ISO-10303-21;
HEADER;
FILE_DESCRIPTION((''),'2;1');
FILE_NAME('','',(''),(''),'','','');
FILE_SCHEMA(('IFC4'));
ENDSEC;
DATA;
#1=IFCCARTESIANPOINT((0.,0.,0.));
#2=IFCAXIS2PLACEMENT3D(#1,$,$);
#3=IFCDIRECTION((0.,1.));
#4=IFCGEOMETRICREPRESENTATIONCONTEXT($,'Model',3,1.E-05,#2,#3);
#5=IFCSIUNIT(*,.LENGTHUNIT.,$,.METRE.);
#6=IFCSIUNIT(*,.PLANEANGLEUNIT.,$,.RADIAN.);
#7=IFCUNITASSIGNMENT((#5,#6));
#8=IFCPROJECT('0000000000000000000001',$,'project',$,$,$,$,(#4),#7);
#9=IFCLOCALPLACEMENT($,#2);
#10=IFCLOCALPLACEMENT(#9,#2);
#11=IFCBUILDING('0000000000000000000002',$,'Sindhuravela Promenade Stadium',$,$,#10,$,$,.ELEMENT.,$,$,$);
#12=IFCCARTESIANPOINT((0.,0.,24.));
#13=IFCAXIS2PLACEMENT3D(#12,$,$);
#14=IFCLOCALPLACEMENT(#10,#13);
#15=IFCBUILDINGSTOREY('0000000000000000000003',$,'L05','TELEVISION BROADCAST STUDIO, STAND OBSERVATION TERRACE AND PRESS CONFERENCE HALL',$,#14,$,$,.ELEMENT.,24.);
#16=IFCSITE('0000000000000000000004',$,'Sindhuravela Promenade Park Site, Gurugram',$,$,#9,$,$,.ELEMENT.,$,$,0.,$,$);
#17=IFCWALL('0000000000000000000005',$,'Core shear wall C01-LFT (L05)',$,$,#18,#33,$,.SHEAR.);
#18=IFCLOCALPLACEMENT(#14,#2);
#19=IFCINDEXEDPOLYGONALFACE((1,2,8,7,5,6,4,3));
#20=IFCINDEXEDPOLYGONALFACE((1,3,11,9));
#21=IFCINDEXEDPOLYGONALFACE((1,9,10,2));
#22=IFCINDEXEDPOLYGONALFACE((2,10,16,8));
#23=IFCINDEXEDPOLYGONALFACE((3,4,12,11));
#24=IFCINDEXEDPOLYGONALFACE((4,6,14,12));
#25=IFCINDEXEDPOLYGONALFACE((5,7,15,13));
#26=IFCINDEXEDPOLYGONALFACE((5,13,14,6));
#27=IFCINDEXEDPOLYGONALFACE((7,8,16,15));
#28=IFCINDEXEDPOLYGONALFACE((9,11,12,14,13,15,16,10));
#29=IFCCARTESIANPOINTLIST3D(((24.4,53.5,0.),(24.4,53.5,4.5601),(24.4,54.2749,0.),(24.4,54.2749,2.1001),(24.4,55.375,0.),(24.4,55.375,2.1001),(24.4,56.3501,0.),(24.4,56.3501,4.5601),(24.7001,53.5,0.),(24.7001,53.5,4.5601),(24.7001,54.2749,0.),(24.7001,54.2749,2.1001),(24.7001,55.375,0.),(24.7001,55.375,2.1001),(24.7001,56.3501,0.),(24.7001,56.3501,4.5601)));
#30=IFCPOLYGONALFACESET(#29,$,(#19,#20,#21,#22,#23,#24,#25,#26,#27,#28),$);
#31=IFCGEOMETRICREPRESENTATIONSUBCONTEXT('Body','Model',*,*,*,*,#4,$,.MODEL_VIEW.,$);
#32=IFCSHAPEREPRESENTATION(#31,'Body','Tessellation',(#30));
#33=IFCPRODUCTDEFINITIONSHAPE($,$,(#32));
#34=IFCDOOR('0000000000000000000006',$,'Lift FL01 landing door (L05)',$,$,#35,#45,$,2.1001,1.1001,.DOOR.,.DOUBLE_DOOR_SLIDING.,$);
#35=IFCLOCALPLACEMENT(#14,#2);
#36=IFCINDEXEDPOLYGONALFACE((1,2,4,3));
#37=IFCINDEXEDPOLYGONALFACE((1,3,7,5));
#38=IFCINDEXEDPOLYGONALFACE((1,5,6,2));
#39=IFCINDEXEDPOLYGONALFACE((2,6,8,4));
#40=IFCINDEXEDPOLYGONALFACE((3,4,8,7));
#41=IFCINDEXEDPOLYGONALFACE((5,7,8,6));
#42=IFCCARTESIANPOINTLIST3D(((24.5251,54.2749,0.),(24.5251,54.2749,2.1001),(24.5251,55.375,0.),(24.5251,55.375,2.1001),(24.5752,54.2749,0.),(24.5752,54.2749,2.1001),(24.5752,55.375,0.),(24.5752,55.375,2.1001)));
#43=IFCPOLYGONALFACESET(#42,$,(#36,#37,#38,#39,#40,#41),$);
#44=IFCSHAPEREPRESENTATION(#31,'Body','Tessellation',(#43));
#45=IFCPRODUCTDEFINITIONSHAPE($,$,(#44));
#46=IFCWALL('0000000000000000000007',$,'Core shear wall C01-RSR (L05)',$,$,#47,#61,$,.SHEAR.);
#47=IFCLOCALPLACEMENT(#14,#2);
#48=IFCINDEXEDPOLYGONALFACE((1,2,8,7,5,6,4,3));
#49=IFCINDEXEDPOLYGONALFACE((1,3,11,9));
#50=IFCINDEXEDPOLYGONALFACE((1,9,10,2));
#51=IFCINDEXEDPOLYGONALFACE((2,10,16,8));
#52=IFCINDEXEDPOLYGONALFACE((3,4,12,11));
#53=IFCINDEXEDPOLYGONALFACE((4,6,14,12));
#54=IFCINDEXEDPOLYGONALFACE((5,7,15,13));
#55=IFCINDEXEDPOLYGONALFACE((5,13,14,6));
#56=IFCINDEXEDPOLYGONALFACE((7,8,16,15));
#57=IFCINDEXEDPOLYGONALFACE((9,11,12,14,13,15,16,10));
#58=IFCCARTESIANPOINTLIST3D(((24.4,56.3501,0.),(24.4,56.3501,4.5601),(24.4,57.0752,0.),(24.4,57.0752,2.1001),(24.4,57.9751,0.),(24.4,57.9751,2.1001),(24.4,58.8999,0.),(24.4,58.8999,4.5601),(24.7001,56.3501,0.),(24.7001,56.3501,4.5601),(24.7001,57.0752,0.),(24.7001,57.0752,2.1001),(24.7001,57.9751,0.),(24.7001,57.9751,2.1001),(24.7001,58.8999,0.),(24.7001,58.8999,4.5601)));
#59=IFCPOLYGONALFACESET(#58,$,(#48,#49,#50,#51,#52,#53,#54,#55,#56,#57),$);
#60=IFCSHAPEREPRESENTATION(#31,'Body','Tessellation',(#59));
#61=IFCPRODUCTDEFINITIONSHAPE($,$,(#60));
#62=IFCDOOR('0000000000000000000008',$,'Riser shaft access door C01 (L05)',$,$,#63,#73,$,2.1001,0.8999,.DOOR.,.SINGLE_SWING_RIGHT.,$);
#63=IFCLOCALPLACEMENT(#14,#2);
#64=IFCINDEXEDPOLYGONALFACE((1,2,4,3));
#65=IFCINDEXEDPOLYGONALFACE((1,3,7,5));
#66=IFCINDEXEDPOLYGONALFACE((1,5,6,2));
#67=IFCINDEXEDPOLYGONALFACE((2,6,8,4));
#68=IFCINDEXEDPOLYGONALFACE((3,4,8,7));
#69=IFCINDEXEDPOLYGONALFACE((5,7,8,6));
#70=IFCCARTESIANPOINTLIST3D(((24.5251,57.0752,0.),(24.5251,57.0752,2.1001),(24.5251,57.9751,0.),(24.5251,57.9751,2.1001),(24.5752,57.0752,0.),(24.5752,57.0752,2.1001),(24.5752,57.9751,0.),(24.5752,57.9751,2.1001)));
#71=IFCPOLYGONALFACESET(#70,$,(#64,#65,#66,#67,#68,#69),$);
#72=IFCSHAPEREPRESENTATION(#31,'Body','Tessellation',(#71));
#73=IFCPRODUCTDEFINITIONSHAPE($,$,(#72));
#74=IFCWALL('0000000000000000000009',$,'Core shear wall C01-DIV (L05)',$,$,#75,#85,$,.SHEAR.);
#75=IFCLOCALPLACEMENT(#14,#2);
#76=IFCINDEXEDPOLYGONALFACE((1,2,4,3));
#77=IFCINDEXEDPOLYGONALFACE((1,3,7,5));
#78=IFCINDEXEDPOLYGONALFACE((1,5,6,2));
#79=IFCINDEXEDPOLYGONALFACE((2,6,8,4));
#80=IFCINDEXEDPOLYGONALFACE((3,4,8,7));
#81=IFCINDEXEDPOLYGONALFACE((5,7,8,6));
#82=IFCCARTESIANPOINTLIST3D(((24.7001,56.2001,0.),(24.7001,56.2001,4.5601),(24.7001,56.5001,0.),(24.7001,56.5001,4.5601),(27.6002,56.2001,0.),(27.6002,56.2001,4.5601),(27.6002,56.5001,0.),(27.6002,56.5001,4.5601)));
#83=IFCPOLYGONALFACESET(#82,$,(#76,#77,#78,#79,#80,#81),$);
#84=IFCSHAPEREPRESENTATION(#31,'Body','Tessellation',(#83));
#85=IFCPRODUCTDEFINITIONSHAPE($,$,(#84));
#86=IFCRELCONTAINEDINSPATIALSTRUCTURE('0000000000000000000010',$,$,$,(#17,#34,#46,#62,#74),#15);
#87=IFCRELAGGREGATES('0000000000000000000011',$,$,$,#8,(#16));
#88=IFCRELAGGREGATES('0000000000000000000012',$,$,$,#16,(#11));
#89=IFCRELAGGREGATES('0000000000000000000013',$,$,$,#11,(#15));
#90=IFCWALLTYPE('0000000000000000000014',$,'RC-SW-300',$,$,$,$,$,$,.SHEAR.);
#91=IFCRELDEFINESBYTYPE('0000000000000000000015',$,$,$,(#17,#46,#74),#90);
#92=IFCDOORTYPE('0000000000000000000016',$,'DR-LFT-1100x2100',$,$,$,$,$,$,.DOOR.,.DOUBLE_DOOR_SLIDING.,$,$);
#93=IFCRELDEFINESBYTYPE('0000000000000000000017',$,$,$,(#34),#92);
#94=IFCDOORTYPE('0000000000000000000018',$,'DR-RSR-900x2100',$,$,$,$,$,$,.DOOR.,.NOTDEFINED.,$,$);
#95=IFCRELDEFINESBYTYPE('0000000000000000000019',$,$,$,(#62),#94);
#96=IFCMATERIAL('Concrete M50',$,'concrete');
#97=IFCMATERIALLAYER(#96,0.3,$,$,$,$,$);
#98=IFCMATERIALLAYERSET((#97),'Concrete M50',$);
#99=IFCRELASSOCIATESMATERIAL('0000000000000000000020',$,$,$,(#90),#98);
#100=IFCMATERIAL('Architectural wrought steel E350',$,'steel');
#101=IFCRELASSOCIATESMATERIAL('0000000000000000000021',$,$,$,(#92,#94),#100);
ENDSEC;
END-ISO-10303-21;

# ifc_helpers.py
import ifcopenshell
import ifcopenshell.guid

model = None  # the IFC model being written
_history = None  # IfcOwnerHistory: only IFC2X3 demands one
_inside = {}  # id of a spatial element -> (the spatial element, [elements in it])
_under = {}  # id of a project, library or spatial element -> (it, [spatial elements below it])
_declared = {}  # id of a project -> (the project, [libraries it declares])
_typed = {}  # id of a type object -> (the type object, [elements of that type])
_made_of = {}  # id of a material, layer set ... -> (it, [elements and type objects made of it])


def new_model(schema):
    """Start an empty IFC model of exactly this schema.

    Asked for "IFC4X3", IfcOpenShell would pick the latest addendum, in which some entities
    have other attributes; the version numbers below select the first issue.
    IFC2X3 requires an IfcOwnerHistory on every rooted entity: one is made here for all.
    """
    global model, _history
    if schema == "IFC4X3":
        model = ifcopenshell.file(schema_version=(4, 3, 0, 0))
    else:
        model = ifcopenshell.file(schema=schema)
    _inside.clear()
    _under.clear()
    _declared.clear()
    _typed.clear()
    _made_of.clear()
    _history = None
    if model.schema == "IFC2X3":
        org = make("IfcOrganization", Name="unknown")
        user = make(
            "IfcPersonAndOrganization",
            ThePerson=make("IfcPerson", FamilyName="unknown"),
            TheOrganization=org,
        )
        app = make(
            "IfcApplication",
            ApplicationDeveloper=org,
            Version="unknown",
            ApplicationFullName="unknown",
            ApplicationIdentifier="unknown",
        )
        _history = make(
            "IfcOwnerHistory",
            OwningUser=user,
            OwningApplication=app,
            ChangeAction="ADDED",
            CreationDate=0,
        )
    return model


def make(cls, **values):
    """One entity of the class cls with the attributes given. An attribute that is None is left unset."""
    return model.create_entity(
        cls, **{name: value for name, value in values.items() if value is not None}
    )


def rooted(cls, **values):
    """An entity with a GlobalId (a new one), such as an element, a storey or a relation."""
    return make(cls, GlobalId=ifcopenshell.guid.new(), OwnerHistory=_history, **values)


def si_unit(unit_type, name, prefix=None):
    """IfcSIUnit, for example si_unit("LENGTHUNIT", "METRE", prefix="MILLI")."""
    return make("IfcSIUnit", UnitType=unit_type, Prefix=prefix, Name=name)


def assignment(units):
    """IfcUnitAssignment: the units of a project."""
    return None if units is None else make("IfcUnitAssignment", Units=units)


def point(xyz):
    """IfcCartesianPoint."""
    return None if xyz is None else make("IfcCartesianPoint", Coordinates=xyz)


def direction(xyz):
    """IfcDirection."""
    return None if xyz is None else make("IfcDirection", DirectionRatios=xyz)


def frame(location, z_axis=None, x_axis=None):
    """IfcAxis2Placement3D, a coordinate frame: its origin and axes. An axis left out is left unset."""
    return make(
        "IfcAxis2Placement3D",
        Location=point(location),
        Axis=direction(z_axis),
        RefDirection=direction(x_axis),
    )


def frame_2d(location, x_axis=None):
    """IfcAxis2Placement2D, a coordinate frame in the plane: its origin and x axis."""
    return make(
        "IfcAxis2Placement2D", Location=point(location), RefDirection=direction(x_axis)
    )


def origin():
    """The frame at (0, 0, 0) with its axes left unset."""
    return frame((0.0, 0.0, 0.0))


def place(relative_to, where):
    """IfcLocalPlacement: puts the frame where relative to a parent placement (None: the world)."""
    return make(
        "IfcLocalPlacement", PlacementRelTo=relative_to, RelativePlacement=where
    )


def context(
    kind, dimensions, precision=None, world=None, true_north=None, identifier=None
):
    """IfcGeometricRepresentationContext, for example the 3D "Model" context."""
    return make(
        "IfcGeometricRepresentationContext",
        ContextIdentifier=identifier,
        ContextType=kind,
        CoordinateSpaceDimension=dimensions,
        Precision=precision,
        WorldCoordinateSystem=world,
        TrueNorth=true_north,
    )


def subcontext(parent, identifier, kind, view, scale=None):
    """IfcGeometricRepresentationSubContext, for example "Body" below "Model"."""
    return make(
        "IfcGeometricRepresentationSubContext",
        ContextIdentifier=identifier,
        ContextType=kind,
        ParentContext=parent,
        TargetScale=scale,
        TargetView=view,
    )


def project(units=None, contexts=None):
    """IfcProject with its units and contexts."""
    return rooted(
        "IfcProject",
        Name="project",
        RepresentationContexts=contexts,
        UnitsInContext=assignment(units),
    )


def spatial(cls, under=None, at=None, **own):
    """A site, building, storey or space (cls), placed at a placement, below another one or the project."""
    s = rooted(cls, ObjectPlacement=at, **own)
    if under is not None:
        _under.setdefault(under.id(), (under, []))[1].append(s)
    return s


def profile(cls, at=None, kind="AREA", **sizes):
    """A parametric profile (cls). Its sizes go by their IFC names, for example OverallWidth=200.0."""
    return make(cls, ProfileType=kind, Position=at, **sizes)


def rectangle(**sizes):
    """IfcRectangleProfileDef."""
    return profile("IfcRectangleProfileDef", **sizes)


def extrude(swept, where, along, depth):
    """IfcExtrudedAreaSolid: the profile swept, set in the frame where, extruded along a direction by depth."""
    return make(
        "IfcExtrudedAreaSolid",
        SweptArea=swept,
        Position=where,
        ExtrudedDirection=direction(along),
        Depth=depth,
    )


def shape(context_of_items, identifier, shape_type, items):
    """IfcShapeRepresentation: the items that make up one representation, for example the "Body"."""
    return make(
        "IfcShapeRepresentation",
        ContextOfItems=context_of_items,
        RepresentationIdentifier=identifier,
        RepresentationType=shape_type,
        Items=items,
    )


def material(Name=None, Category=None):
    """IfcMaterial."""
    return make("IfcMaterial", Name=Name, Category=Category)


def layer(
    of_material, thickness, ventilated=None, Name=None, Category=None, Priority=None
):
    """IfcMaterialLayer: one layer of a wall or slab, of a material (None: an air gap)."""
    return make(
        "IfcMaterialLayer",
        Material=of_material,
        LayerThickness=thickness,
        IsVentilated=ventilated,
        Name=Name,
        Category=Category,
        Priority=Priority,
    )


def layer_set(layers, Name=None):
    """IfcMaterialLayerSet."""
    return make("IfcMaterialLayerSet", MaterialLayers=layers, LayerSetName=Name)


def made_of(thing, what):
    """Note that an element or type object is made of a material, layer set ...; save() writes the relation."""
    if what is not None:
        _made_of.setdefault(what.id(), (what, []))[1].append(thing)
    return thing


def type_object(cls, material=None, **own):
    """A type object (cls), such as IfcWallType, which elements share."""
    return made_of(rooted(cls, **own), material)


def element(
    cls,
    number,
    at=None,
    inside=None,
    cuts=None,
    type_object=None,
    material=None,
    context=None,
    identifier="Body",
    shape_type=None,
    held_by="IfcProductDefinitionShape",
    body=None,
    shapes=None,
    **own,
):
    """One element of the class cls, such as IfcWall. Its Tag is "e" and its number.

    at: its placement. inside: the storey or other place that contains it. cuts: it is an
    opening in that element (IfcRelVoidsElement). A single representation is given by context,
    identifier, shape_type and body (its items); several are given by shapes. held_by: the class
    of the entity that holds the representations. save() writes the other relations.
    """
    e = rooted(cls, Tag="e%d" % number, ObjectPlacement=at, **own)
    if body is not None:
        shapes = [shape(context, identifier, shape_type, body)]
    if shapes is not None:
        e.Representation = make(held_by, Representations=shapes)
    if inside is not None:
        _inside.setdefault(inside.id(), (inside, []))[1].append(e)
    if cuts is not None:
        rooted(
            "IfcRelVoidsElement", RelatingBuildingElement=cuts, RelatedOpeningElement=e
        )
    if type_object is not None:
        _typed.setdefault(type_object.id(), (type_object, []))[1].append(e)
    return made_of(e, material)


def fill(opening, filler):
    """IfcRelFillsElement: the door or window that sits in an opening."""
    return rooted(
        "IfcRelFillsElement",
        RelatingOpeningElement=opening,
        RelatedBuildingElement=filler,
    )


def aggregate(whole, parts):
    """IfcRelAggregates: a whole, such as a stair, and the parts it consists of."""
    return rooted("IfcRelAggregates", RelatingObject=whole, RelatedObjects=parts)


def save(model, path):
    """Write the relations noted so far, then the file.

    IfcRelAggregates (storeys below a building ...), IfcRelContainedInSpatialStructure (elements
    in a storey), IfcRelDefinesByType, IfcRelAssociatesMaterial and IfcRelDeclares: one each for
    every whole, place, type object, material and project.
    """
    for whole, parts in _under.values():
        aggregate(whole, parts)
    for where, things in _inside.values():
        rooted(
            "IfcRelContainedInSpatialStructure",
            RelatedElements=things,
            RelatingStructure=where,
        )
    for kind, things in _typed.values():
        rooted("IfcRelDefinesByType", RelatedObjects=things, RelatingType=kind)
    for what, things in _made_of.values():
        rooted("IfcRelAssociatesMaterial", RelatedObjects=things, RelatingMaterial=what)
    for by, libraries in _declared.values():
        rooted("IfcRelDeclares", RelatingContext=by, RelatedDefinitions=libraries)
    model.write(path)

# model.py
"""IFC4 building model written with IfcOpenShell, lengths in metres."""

from ifc_helpers import new_model, si_unit, direction, frame, frame_2d, origin, place, context, subcontext, project, spatial, rectangle, extrude, material, layer, layer_set, type_object, element, fill, save


model = new_model("IFC4")

# Units and contexts
model_context = context("Model", 3, precision=1e-05, world=origin(), true_north=direction((0.0, 1.0)))
body_context = subcontext(model_context, "Body", "Model", "MODEL_VIEW")
ifc_project = project(units=[si_unit("LENGTHUNIT", "METRE"), si_unit("PLANEANGLEUNIT", "RADIAN")], contexts=[model_context])

# Site, building, storey
site_placement = place(None, origin())
site = spatial("IfcSite", under=ifc_project, at=site_placement, Name="Sindhuravela Promenade Park Site, Gurugram", CompositionType="ELEMENT", RefElevation=0.0)
building_placement = place(site_placement, origin())
building = spatial("IfcBuilding", under=site, at=building_placement, Name="Sindhuravela Promenade Stadium", CompositionType="ELEMENT")
storey_placement = place(building_placement, frame((0.0, 0.0, 24.0)))
storey = spatial("IfcBuildingStorey", under=building, at=storey_placement, Name="L05", Description="TELEVISION BROADCAST STUDIO, STAND OBSERVATION TERRACE AND PRESS CONFERENCE HALL", CompositionType="ELEMENT", Elevation=24.0)

# Shared definitions
ifc_material_1 = material(Name="Concrete M50", Category="concrete")
ifc_layer_1 = layer(ifc_material_1, 0.3)
ifc_layer_set_1 = layer_set([ifc_layer_1], Name="Concrete M50")
wall_type_1 = type_object("IfcWallType", Name="RC-SW-300", PredefinedType="SHEAR", material=ifc_layer_set_1)
ifc_material_2 = material(Name="Architectural wrought steel E350", Category="steel")

# Walls, openings, doors
wall_1_placement = place(storey_placement, frame((24.55, 53.5, 0.0), z_axis=(0.0, 0.0, 1.0), x_axis=(0.0, 1.0, 0.0)))
wall_1 = element("IfcWall", 1, at=wall_1_placement, inside=storey, type_object=wall_type_1, Name="Core shear wall C01-LFT (L05)", PredefinedType="SHEAR", context=body_context, shape_type="SweptSolid", body=[
    extrude(rectangle(XDim=2.8501, YDim=0.3, at=frame_2d((1.425, 0.0))), origin(), (0.0, 0.0, 1.0), 4.5601),
])
opening_1_placement = place(wall_1_placement, frame((0.7749, 0.0, 0.0)))
opening_1 = element("IfcOpeningElement", 2, at=opening_1_placement, cuts=wall_1, PredefinedType="OPENING", context=body_context, shape_type="SweptSolid", body=[
    extrude(rectangle(XDim=1.1001, YDim=2.1001, at=frame_2d((0.55, 1.05))), frame((0.0, 0.1599, 0.0), z_axis=(0.0, -1.0, 0.0), x_axis=(1.0, 0.0, 0.0)), (0.0, 0.0, 1.0), 0.3201),
])
door_type_1 = type_object("IfcDoorType", Name="DR-LFT-1100x2100", OperationType="DOUBLE_DOOR_SLIDING", PredefinedType="DOOR", material=ifc_material_2)
door_1_placement = place(opening_1_placement, origin())
door_1 = element("IfcDoor", 3, at=door_1_placement, inside=storey, type_object=door_type_1, Name="Lift FL01 landing door (L05)", OperationType="DOUBLE_DOOR_SLIDING", OverallHeight=2.1001, OverallWidth=1.1001, PredefinedType="DOOR", context=body_context, shape_type="SweptSolid", body=[
    extrude(rectangle(XDim=1.1001, YDim=2.1001, at=frame_2d((0.55, 1.05))), frame((0.0, 0.0249, 0.0), z_axis=(0.0, -1.0, 0.0), x_axis=(1.0, 0.0, 0.0)), (0.0, 0.0, 1.0), 0.05),
])
fill(opening_1, door_1)
wall_2_placement = place(storey_placement, frame((24.55, 56.3501, 0.0), z_axis=(0.0, 0.0, 1.0), x_axis=(0.0, 1.0, 0.0)))
wall_2 = element("IfcWall", 4, at=wall_2_placement, inside=storey, type_object=wall_type_1, Name="Core shear wall C01-RSR (L05)", PredefinedType="SHEAR", context=body_context, shape_type="SweptSolid", body=[
    extrude(rectangle(XDim=2.5498, YDim=0.3, at=frame_2d((1.2749, 0.0))), origin(), (0.0, 0.0, 1.0), 4.5601),
])
opening_2_placement = place(wall_2_placement, frame((0.7251, 0.0, 0.0)))
opening_2 = element("IfcOpeningElement", 5, at=opening_2_placement, cuts=wall_2, PredefinedType="OPENING", context=body_context, shape_type="SweptSolid", body=[
    extrude(rectangle(XDim=0.8999, YDim=2.1001, at=frame_2d((0.45, 1.05))), frame((0.0, 0.1599, 0.0), z_axis=(0.0, -1.0, 0.0), x_axis=(1.0, 0.0, 0.0)), (0.0, 0.0, 1.0), 0.3201),
])
door_type_2 = type_object("IfcDoorType", Name="DR-RSR-900x2100", OperationType="NOTDEFINED", PredefinedType="DOOR", material=ifc_material_2)
door_2_placement = place(opening_2_placement, origin())
door_2 = element("IfcDoor", 6, at=door_2_placement, inside=storey, type_object=door_type_2, Name="Riser shaft access door C01 (L05)", OperationType="SINGLE_SWING_RIGHT", OverallHeight=2.1001, OverallWidth=0.8999, PredefinedType="DOOR", context=body_context, shape_type="SweptSolid", body=[
    extrude(rectangle(XDim=0.8999, YDim=2.1001, at=frame_2d((0.45, 1.05))), frame((0.0, 0.0249, 0.0), z_axis=(0.0, -1.0, 0.0), x_axis=(1.0, 0.0, 0.0)), (0.0, 0.0, 1.0), 0.05),
])
fill(opening_2, door_2)

# Wall
wall_3_placement = place(storey_placement, frame((24.7, 56.3501, 0.0), z_axis=(0.0, 0.0, 1.0), x_axis=(1.0, 0.0, 0.0)))
element("IfcWall", 7, at=wall_3_placement, inside=storey, type_object=wall_type_1, Name="Core shear wall C01-DIV (L05)", PredefinedType="SHEAR", context=body_context, shape_type="SweptSolid", body=[
    extrude(rectangle(XDim=2.9001, YDim=0.3, at=frame_2d((1.4502, 0.0))), origin(), (0.0, 0.0, 1.0), 4.5601),
])

save(model, "model.ifc")
